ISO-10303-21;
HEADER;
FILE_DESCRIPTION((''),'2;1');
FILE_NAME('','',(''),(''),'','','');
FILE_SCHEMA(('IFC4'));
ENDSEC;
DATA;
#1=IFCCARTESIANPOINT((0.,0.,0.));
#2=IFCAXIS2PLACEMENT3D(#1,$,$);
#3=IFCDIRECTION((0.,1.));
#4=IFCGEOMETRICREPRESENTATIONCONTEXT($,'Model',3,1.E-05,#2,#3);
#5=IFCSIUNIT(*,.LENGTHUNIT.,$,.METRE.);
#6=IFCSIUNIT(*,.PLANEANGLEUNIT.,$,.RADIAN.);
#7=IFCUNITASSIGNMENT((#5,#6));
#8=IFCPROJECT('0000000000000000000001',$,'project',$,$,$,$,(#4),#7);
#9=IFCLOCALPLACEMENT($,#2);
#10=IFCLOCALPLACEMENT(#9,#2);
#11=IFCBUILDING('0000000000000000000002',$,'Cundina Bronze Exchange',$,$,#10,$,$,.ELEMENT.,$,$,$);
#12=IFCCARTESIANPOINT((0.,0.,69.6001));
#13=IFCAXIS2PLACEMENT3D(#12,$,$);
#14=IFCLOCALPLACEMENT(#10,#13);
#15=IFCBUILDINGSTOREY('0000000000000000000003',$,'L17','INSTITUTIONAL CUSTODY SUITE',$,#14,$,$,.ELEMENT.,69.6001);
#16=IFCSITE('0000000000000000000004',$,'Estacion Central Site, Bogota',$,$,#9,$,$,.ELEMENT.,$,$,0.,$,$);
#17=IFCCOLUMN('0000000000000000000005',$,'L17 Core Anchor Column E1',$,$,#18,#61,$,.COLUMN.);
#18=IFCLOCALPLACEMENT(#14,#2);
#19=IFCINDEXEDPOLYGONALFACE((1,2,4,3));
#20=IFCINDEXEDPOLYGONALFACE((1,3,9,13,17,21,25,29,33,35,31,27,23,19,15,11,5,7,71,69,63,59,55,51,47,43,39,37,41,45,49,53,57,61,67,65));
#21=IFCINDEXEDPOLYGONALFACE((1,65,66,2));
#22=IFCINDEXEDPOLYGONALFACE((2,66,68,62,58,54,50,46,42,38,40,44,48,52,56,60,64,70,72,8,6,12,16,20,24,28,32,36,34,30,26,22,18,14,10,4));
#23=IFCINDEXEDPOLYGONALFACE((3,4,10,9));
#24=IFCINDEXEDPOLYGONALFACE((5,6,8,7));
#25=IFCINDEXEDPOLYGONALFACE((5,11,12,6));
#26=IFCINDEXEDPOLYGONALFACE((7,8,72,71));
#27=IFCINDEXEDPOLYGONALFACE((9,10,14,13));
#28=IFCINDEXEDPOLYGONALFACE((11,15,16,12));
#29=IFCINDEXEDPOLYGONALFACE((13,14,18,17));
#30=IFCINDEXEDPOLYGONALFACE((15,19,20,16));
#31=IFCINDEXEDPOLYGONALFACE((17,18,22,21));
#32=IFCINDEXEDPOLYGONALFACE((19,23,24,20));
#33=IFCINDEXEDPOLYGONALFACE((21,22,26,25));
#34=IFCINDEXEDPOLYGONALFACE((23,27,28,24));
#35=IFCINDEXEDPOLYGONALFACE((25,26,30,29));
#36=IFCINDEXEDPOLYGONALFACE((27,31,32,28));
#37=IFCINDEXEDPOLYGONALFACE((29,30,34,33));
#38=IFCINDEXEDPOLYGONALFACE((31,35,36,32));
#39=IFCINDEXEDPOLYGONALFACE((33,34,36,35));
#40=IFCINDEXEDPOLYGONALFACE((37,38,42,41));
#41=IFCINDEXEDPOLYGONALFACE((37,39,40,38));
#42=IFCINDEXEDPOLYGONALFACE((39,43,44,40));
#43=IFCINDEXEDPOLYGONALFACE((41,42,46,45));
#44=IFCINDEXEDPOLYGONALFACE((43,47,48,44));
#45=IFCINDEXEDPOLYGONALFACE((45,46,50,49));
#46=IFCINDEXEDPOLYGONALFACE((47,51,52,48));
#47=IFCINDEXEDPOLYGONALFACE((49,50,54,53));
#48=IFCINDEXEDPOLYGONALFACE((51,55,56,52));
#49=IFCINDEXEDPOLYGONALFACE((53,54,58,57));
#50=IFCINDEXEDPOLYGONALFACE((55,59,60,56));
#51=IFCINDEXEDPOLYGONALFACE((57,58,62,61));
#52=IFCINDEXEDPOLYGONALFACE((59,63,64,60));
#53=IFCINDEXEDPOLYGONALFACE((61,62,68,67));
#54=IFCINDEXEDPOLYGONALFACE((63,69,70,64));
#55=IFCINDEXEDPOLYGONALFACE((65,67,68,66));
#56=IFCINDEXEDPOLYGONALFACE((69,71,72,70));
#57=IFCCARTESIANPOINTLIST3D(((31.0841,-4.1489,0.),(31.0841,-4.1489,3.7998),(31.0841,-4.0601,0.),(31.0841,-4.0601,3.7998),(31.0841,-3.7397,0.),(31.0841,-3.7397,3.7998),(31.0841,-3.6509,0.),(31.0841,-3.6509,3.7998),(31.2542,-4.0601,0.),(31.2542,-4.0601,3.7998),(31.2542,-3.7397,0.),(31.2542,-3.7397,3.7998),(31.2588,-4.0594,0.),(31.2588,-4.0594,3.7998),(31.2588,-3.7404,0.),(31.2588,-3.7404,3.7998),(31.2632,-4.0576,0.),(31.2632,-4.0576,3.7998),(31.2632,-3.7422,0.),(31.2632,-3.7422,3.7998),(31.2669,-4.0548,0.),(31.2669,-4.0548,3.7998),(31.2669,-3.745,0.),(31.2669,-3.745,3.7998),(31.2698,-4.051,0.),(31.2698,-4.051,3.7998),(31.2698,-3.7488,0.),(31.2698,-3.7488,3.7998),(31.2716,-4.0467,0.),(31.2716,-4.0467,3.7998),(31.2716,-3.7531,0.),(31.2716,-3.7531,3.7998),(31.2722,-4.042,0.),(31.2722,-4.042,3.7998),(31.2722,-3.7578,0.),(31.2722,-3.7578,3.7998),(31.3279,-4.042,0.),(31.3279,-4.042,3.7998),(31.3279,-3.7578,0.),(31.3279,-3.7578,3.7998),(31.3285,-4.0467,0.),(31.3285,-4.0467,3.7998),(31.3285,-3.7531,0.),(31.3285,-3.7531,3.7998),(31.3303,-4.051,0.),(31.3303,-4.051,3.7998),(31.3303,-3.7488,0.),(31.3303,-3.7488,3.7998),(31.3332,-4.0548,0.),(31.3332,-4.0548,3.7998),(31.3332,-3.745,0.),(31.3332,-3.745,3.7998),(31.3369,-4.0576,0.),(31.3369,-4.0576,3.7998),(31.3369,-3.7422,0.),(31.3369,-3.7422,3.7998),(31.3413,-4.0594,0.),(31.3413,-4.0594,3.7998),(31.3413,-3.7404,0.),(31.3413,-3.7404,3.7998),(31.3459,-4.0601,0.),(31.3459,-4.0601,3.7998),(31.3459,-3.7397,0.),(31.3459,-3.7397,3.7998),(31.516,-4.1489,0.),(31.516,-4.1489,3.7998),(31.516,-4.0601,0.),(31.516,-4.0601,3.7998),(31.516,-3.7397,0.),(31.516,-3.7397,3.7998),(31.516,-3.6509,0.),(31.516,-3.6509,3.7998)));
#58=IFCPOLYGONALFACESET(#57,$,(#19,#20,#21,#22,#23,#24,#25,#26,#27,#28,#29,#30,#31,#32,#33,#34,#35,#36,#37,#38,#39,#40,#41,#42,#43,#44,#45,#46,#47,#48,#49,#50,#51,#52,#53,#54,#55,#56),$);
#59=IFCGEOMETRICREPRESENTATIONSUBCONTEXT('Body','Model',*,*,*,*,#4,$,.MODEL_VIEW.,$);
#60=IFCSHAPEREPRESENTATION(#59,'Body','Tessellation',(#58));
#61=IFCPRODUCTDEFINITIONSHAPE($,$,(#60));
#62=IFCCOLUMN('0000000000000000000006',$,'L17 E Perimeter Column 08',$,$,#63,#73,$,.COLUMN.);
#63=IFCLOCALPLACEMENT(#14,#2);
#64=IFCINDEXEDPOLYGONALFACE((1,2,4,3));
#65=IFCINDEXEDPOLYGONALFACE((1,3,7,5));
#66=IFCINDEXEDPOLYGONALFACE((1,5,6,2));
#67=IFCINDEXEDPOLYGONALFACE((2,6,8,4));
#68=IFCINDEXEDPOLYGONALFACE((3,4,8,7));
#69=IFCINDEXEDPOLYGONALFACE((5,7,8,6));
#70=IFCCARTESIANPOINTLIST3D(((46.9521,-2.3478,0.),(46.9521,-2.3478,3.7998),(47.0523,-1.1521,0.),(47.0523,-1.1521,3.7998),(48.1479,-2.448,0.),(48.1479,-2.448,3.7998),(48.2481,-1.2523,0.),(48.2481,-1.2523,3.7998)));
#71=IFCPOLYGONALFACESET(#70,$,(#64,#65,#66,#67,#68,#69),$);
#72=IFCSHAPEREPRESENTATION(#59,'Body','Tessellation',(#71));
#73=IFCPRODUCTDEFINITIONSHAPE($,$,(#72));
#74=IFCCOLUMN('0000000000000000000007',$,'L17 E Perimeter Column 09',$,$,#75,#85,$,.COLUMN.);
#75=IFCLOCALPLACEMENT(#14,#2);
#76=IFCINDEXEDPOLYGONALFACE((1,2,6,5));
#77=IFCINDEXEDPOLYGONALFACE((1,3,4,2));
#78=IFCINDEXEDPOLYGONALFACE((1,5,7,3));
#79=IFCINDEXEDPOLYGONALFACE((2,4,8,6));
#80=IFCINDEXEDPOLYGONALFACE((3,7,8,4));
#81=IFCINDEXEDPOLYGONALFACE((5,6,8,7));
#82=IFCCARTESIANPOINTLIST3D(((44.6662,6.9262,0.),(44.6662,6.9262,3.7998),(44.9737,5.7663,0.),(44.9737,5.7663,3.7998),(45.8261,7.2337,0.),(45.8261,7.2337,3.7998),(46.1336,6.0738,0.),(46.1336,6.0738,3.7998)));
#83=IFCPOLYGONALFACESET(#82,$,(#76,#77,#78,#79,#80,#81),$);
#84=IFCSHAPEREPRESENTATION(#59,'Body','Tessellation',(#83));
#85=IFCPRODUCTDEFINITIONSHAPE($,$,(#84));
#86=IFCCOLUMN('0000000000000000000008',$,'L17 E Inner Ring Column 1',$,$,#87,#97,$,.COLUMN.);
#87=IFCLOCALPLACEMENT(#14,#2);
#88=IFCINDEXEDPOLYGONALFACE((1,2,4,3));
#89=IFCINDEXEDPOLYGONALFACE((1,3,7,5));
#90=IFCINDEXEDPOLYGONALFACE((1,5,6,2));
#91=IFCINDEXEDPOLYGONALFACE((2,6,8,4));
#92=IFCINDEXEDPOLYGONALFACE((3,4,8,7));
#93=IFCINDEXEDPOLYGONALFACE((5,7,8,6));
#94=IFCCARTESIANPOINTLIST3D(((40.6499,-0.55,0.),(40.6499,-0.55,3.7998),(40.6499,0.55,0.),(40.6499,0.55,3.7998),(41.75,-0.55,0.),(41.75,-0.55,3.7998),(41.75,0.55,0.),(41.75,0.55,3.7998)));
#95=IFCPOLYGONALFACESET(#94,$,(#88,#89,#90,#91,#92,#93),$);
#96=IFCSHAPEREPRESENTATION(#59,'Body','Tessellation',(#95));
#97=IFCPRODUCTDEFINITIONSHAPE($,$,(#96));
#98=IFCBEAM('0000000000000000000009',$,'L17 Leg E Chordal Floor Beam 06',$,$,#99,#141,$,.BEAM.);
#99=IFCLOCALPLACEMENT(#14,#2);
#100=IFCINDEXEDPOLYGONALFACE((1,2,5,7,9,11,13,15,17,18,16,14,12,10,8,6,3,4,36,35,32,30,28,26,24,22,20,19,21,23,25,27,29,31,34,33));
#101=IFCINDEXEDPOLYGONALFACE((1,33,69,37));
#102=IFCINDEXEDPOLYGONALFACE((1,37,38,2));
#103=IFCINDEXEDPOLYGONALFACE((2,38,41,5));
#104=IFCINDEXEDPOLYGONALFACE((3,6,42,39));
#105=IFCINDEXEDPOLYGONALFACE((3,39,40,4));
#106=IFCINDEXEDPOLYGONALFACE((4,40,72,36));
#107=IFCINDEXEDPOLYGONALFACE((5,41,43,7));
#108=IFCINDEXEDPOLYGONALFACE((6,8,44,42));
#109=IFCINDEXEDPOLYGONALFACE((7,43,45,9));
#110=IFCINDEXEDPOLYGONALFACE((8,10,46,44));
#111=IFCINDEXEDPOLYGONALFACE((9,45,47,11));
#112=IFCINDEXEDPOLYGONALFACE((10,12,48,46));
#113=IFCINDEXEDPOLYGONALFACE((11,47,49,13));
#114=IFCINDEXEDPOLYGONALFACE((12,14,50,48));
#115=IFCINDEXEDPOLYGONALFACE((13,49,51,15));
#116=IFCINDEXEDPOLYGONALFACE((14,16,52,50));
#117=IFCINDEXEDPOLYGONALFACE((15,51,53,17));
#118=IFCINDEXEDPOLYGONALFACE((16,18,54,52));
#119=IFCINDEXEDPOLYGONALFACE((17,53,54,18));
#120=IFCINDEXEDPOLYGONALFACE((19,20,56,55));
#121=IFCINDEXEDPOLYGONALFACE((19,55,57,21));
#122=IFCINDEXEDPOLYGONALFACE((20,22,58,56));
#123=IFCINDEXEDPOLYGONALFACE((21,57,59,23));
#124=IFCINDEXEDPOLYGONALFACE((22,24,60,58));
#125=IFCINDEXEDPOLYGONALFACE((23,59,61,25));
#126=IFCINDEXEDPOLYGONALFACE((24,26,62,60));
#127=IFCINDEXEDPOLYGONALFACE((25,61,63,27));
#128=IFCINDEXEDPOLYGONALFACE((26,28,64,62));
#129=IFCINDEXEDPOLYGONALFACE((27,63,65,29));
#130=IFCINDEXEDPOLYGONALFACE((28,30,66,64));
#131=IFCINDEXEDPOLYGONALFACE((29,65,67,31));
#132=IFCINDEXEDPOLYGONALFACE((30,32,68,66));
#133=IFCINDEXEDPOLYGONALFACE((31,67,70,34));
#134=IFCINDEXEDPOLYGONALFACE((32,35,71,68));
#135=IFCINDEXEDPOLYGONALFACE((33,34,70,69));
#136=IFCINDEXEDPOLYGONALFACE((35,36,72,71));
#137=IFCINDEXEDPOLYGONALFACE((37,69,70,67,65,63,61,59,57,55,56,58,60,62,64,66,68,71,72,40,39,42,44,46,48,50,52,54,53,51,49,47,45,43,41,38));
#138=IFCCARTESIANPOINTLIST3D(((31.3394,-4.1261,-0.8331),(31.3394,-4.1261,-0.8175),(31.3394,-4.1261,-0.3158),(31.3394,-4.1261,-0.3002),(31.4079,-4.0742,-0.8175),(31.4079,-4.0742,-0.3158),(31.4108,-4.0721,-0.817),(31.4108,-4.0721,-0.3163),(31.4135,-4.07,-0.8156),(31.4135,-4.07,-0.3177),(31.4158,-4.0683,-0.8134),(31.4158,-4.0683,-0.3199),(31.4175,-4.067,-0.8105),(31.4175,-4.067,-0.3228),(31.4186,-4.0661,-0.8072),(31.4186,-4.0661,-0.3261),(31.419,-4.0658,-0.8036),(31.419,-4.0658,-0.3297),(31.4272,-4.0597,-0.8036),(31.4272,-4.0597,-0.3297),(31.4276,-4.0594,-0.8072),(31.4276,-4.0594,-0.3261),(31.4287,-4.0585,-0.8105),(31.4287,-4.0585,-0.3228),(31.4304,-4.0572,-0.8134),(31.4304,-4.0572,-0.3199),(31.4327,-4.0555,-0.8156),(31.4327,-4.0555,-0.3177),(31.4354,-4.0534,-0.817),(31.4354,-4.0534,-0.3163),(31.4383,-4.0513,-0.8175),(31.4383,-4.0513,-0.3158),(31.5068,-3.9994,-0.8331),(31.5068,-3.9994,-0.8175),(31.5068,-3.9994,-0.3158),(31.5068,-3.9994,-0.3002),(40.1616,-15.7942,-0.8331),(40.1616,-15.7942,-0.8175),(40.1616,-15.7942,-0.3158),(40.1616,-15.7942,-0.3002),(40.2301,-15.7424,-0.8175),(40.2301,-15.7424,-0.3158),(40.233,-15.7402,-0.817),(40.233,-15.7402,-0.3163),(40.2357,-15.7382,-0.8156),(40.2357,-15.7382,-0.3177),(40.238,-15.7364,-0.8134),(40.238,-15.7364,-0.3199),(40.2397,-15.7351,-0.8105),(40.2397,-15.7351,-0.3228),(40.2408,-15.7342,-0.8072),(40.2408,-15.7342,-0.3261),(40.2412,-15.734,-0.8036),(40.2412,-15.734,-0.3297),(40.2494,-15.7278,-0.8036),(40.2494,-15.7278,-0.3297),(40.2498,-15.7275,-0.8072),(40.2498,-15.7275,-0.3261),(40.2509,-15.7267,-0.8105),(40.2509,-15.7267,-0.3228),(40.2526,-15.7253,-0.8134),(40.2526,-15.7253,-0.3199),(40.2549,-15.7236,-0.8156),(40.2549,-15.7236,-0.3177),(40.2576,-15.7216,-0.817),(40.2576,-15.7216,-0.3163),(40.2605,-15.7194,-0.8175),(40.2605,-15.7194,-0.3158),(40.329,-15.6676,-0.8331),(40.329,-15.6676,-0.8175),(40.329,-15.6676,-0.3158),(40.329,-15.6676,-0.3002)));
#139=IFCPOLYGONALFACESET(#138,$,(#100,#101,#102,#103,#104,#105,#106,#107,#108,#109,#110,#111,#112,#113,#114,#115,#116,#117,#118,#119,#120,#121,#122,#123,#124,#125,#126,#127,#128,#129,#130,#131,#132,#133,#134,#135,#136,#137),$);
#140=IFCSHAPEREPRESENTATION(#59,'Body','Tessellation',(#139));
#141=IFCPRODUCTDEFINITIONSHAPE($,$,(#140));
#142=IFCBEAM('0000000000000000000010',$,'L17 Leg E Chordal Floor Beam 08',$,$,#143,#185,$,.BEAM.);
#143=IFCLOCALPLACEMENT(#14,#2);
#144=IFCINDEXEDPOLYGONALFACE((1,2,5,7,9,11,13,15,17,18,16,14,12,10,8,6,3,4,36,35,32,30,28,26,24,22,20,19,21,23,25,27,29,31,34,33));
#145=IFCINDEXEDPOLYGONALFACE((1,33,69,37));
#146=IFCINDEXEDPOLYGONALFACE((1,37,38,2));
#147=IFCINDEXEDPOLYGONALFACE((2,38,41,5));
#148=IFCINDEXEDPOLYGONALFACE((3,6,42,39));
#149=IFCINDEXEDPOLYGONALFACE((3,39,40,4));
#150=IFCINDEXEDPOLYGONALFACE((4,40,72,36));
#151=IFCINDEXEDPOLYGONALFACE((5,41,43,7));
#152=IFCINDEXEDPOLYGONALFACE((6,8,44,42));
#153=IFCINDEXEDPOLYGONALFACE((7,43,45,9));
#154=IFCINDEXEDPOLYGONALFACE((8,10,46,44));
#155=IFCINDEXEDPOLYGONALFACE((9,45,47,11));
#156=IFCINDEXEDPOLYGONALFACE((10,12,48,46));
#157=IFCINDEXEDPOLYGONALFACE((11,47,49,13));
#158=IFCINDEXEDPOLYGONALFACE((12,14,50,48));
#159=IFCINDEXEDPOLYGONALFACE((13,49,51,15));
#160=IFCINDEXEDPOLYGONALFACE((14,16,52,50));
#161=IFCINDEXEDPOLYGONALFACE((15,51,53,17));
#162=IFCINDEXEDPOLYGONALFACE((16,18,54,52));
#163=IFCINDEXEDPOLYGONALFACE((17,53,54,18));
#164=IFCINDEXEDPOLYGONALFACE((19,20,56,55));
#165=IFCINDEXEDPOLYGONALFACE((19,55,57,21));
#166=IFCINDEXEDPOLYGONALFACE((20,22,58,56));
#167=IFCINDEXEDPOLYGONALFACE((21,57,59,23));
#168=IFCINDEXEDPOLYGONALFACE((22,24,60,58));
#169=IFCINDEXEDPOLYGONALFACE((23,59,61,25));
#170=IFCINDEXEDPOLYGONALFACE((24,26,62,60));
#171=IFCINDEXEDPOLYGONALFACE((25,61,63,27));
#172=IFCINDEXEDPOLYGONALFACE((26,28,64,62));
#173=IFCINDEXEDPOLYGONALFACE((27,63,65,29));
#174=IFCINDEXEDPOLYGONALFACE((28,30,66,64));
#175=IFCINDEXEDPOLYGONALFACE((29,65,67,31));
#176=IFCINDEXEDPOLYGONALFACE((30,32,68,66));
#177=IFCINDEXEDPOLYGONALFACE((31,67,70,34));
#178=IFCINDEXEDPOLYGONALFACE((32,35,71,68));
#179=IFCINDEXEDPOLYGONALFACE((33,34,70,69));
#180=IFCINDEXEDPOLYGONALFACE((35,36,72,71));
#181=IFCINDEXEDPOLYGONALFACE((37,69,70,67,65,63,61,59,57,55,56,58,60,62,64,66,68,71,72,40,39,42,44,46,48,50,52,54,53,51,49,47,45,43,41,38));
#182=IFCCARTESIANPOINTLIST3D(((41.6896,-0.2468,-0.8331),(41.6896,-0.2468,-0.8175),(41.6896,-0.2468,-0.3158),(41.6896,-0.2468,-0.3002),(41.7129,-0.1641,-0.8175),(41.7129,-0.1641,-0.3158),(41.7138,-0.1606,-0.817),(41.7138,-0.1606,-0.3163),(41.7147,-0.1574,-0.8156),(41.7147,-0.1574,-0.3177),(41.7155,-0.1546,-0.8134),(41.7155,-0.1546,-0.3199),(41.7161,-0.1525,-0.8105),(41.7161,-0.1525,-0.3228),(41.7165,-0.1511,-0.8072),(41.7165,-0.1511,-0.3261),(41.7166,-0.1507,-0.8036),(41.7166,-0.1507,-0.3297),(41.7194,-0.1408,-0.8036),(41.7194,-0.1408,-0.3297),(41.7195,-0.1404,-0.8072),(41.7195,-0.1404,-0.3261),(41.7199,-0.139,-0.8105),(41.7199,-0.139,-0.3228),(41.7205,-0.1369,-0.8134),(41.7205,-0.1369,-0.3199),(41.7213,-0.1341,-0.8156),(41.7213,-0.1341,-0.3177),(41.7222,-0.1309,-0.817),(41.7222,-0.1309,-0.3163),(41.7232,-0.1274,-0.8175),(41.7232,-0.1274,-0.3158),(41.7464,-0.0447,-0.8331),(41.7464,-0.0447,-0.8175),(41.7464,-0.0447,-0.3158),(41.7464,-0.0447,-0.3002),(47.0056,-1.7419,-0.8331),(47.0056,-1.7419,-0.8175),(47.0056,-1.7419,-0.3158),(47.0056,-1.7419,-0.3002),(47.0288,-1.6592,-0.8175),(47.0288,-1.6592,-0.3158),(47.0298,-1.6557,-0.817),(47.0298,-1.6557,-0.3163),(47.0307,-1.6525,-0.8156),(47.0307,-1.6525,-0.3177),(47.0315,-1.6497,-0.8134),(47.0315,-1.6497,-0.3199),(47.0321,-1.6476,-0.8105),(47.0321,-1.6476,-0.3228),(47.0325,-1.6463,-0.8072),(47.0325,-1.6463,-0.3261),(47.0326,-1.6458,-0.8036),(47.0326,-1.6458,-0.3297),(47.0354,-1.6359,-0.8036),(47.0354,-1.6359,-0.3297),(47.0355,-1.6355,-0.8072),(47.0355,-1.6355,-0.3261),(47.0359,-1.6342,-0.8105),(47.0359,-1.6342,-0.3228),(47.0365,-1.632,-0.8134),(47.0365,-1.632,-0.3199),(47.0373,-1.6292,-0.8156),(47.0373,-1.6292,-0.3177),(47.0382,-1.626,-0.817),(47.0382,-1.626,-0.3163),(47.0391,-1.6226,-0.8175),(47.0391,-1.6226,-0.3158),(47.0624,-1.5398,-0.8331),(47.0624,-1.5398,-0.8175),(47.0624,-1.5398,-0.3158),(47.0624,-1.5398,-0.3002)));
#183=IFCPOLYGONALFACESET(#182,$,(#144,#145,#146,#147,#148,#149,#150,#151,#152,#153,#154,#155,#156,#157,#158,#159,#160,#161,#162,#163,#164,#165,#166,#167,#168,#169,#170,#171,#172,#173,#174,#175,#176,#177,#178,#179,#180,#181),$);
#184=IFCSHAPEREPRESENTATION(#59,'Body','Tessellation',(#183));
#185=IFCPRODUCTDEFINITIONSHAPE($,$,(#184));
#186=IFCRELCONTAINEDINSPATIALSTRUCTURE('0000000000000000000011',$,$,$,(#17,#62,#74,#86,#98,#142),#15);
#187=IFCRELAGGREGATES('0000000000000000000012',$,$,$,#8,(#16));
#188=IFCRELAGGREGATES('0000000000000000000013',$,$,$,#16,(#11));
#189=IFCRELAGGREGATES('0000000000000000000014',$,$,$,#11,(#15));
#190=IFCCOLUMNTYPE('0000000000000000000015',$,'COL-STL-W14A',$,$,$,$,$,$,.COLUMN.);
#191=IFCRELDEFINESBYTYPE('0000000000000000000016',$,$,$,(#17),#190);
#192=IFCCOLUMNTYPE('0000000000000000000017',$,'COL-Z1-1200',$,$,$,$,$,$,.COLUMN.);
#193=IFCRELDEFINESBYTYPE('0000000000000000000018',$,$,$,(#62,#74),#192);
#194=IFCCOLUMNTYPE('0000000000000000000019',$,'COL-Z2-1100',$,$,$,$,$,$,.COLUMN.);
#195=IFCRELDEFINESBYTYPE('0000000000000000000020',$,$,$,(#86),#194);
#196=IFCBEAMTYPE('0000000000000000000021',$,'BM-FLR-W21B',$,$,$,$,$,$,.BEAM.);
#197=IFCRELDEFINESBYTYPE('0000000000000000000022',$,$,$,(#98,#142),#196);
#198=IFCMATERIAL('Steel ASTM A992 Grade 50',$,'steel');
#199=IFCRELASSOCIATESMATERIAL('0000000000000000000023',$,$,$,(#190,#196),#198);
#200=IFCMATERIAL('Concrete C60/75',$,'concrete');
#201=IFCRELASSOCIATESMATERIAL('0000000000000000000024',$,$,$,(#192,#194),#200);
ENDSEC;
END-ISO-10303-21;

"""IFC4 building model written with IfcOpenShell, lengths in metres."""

from ifc_helpers import new_model, si_unit, direction, frame, origin, origin_2d, place, context, subcontext, project, spatial, rectangle, i_section, extrude, material, material_profile, profile_set, type_object, element, save


model = new_model("IFC4")

# Units and contexts
model_context = context("Model", 3, precision=1e-05, world=origin(), true_north=direction((0.0, 1.0)))
body_context = subcontext(model_context, "Body", "Model", "MODEL_VIEW")
ifc_project = project(units=[si_unit("LENGTHUNIT", "METRE"), si_unit("PLANEANGLEUNIT", "RADIAN")], contexts=[model_context])

# Site, building, storey
site_placement = place(None, origin())
site = spatial("IfcSite", under=ifc_project, at=site_placement, Name="Estacion Central Site, Bogota", CompositionType="ELEMENT", RefElevation=0.0)
building_placement = place(site_placement, origin())
building = spatial("IfcBuilding", under=site, at=building_placement, Name="Cundina Bronze Exchange", CompositionType="ELEMENT")
storey_placement = place(building_placement, frame((0.0, 0.0, 69.6001)))
storey = spatial("IfcBuildingStorey", under=building, at=storey_placement, Name="L17", Description="INSTITUTIONAL CUSTODY SUITE", CompositionType="ELEMENT", Elevation=69.6001)

# Columns
ifc_material_1 = material(Name="Steel ASTM A992 Grade 50", Category="steel")
ifc_material_profile_1 = material_profile(ifc_material_1, i_section(OverallWidth=0.4319, OverallDepth=0.498, WebThickness=0.0557, FlangeThickness=0.0889, FilletRadius=0.0181, at=origin_2d()), Name="W14X500", Category="steel")
ifc_profile_set_1 = profile_set([ifc_material_profile_1], Name="Steel ASTM A992 Grade 50")
column_type_1 = type_object("IfcColumnType", Name="COL-STL-W14A", PredefinedType="COLUMN", material=ifc_profile_set_1)
column_1_placement = place(storey_placement, frame((31.3, -3.8999, 0.0), z_axis=(0.0, 0.0, 1.0), x_axis=(1.0, 0.0, 0.0)))
element("IfcColumn", 1, at=column_1_placement, inside=storey, type_object=column_type_1, Name="L17 Core Anchor Column E1", PredefinedType="COLUMN", context=body_context, shape_type="SweptSolid", body=[
    extrude(i_section(OverallWidth=0.4319, OverallDepth=0.498, WebThickness=0.0557, FlangeThickness=0.0889, FilletRadius=0.0181, at=origin_2d()), origin(), (0.0, 0.0, 1.0), 3.7998),
])
ifc_material_2 = material(Name="Concrete C60/75", Category="concrete")
ifc_material_profile_2 = material_profile(ifc_material_2, rectangle(XDim=1.2, YDim=1.2, at=origin_2d()), Name="RC1200X1200", Category="concrete")
ifc_profile_set_2 = profile_set([ifc_material_profile_2], Name="Concrete C60/75")
column_type_2 = type_object("IfcColumnType", Name="COL-Z1-1200", PredefinedType="COLUMN", material=ifc_profile_set_2)
for number, where, z_axis, x_axis, name in (
    (2, (47.6001, -1.8, 0.0), (0.0, 0.0, 1.0), (0.083504, 0.996507, 0.0), "L17 E Perimeter Column 08"),
    (3, (45.3999, 6.5, 0.0), (0.0, 0.0, 1.0), (-0.256289, 0.9666, 0.0), "L17 E Perimeter Column 09"),
):
    element("IfcColumn", number, at=place(storey_placement, frame(where, z_axis=z_axis, x_axis=x_axis)), inside=storey, type_object=column_type_2, Name=name, PredefinedType="COLUMN", context=body_context, shape_type="SweptSolid", body=[
        extrude(rectangle(XDim=1.2, YDim=1.2, at=origin_2d()), origin(), (0.0, 0.0, 1.0), 3.7998),
    ])
ifc_material_profile_3 = material_profile(ifc_material_2, rectangle(XDim=1.1001, YDim=1.1001, at=origin_2d()), Name="RC1100X1100", Category="concrete")
ifc_profile_set_3 = profile_set([ifc_material_profile_3], Name="Concrete C60/75")
column_type_3 = type_object("IfcColumnType", Name="COL-Z2-1100", PredefinedType="COLUMN", material=ifc_profile_set_3)
column_2_placement = place(storey_placement, frame((41.2, 0.0, 0.0), z_axis=(0.0, 0.0, 1.0), x_axis=(1.0, 0.0, 0.0)))
element("IfcColumn", 4, at=column_2_placement, inside=storey, type_object=column_type_3, Name="L17 E Inner Ring Column 1", PredefinedType="COLUMN", context=body_context, shape_type="SweptSolid", body=[
    extrude(rectangle(XDim=1.1001, YDim=1.1001, at=origin_2d()), origin(), (0.0, 0.0, 1.0), 3.7998),
])

# Beams
ifc_material_profile_4 = material_profile(ifc_material_1, i_section(OverallWidth=0.21, OverallDepth=0.533, WebThickness=0.0103, FlangeThickness=0.0156, FilletRadius=0.0139, at=origin_2d()), Name="W21X62", Category="steel")
ifc_profile_set_4 = profile_set([ifc_material_profile_4], Name="Steel ASTM A992 Grade 50")
beam_type_1 = type_object("IfcBeamType", Name="BM-FLR-W21B", PredefinedType="BEAM", material=ifc_profile_set_4)
beam_1_placement = place(storey_placement, frame((31.4231, -4.0627, -0.5667), z_axis=(0.603106, -0.797661, 0.0), x_axis=(0.797661, 0.603106, 0.0)))
element("IfcBeam", 5, at=beam_1_placement, inside=storey, type_object=beam_type_1, Name="L17 Leg E Chordal Floor Beam 06", PredefinedType="BEAM", context=body_context, shape_type="SweptSolid", body=[
    extrude(i_section(OverallWidth=0.21, OverallDepth=0.533, WebThickness=0.0103, FlangeThickness=0.0156, FilletRadius=0.0139, at=origin_2d()), origin(), (0.0, 0.0, 1.0), 14.6279),
])
beam_2_placement = place(storey_placement, frame((41.718, -0.1458, -0.5667), z_axis=(0.96265, -0.270748, 0.0), x_axis=(0.270748, 0.96265, 0.0)))
element("IfcBeam", 6, at=beam_2_placement, inside=storey, type_object=beam_type_1, Name="L17 Leg E Chordal Floor Beam 08", PredefinedType="BEAM", context=body_context, shape_type="SweptSolid", body=[
    extrude(i_section(OverallWidth=0.21, OverallDepth=0.533, WebThickness=0.0103, FlangeThickness=0.0156, FilletRadius=0.0139, at=origin_2d()), origin(), (0.0, 0.0, 1.0), 5.5222),
])

save(model, "model.ifc")
